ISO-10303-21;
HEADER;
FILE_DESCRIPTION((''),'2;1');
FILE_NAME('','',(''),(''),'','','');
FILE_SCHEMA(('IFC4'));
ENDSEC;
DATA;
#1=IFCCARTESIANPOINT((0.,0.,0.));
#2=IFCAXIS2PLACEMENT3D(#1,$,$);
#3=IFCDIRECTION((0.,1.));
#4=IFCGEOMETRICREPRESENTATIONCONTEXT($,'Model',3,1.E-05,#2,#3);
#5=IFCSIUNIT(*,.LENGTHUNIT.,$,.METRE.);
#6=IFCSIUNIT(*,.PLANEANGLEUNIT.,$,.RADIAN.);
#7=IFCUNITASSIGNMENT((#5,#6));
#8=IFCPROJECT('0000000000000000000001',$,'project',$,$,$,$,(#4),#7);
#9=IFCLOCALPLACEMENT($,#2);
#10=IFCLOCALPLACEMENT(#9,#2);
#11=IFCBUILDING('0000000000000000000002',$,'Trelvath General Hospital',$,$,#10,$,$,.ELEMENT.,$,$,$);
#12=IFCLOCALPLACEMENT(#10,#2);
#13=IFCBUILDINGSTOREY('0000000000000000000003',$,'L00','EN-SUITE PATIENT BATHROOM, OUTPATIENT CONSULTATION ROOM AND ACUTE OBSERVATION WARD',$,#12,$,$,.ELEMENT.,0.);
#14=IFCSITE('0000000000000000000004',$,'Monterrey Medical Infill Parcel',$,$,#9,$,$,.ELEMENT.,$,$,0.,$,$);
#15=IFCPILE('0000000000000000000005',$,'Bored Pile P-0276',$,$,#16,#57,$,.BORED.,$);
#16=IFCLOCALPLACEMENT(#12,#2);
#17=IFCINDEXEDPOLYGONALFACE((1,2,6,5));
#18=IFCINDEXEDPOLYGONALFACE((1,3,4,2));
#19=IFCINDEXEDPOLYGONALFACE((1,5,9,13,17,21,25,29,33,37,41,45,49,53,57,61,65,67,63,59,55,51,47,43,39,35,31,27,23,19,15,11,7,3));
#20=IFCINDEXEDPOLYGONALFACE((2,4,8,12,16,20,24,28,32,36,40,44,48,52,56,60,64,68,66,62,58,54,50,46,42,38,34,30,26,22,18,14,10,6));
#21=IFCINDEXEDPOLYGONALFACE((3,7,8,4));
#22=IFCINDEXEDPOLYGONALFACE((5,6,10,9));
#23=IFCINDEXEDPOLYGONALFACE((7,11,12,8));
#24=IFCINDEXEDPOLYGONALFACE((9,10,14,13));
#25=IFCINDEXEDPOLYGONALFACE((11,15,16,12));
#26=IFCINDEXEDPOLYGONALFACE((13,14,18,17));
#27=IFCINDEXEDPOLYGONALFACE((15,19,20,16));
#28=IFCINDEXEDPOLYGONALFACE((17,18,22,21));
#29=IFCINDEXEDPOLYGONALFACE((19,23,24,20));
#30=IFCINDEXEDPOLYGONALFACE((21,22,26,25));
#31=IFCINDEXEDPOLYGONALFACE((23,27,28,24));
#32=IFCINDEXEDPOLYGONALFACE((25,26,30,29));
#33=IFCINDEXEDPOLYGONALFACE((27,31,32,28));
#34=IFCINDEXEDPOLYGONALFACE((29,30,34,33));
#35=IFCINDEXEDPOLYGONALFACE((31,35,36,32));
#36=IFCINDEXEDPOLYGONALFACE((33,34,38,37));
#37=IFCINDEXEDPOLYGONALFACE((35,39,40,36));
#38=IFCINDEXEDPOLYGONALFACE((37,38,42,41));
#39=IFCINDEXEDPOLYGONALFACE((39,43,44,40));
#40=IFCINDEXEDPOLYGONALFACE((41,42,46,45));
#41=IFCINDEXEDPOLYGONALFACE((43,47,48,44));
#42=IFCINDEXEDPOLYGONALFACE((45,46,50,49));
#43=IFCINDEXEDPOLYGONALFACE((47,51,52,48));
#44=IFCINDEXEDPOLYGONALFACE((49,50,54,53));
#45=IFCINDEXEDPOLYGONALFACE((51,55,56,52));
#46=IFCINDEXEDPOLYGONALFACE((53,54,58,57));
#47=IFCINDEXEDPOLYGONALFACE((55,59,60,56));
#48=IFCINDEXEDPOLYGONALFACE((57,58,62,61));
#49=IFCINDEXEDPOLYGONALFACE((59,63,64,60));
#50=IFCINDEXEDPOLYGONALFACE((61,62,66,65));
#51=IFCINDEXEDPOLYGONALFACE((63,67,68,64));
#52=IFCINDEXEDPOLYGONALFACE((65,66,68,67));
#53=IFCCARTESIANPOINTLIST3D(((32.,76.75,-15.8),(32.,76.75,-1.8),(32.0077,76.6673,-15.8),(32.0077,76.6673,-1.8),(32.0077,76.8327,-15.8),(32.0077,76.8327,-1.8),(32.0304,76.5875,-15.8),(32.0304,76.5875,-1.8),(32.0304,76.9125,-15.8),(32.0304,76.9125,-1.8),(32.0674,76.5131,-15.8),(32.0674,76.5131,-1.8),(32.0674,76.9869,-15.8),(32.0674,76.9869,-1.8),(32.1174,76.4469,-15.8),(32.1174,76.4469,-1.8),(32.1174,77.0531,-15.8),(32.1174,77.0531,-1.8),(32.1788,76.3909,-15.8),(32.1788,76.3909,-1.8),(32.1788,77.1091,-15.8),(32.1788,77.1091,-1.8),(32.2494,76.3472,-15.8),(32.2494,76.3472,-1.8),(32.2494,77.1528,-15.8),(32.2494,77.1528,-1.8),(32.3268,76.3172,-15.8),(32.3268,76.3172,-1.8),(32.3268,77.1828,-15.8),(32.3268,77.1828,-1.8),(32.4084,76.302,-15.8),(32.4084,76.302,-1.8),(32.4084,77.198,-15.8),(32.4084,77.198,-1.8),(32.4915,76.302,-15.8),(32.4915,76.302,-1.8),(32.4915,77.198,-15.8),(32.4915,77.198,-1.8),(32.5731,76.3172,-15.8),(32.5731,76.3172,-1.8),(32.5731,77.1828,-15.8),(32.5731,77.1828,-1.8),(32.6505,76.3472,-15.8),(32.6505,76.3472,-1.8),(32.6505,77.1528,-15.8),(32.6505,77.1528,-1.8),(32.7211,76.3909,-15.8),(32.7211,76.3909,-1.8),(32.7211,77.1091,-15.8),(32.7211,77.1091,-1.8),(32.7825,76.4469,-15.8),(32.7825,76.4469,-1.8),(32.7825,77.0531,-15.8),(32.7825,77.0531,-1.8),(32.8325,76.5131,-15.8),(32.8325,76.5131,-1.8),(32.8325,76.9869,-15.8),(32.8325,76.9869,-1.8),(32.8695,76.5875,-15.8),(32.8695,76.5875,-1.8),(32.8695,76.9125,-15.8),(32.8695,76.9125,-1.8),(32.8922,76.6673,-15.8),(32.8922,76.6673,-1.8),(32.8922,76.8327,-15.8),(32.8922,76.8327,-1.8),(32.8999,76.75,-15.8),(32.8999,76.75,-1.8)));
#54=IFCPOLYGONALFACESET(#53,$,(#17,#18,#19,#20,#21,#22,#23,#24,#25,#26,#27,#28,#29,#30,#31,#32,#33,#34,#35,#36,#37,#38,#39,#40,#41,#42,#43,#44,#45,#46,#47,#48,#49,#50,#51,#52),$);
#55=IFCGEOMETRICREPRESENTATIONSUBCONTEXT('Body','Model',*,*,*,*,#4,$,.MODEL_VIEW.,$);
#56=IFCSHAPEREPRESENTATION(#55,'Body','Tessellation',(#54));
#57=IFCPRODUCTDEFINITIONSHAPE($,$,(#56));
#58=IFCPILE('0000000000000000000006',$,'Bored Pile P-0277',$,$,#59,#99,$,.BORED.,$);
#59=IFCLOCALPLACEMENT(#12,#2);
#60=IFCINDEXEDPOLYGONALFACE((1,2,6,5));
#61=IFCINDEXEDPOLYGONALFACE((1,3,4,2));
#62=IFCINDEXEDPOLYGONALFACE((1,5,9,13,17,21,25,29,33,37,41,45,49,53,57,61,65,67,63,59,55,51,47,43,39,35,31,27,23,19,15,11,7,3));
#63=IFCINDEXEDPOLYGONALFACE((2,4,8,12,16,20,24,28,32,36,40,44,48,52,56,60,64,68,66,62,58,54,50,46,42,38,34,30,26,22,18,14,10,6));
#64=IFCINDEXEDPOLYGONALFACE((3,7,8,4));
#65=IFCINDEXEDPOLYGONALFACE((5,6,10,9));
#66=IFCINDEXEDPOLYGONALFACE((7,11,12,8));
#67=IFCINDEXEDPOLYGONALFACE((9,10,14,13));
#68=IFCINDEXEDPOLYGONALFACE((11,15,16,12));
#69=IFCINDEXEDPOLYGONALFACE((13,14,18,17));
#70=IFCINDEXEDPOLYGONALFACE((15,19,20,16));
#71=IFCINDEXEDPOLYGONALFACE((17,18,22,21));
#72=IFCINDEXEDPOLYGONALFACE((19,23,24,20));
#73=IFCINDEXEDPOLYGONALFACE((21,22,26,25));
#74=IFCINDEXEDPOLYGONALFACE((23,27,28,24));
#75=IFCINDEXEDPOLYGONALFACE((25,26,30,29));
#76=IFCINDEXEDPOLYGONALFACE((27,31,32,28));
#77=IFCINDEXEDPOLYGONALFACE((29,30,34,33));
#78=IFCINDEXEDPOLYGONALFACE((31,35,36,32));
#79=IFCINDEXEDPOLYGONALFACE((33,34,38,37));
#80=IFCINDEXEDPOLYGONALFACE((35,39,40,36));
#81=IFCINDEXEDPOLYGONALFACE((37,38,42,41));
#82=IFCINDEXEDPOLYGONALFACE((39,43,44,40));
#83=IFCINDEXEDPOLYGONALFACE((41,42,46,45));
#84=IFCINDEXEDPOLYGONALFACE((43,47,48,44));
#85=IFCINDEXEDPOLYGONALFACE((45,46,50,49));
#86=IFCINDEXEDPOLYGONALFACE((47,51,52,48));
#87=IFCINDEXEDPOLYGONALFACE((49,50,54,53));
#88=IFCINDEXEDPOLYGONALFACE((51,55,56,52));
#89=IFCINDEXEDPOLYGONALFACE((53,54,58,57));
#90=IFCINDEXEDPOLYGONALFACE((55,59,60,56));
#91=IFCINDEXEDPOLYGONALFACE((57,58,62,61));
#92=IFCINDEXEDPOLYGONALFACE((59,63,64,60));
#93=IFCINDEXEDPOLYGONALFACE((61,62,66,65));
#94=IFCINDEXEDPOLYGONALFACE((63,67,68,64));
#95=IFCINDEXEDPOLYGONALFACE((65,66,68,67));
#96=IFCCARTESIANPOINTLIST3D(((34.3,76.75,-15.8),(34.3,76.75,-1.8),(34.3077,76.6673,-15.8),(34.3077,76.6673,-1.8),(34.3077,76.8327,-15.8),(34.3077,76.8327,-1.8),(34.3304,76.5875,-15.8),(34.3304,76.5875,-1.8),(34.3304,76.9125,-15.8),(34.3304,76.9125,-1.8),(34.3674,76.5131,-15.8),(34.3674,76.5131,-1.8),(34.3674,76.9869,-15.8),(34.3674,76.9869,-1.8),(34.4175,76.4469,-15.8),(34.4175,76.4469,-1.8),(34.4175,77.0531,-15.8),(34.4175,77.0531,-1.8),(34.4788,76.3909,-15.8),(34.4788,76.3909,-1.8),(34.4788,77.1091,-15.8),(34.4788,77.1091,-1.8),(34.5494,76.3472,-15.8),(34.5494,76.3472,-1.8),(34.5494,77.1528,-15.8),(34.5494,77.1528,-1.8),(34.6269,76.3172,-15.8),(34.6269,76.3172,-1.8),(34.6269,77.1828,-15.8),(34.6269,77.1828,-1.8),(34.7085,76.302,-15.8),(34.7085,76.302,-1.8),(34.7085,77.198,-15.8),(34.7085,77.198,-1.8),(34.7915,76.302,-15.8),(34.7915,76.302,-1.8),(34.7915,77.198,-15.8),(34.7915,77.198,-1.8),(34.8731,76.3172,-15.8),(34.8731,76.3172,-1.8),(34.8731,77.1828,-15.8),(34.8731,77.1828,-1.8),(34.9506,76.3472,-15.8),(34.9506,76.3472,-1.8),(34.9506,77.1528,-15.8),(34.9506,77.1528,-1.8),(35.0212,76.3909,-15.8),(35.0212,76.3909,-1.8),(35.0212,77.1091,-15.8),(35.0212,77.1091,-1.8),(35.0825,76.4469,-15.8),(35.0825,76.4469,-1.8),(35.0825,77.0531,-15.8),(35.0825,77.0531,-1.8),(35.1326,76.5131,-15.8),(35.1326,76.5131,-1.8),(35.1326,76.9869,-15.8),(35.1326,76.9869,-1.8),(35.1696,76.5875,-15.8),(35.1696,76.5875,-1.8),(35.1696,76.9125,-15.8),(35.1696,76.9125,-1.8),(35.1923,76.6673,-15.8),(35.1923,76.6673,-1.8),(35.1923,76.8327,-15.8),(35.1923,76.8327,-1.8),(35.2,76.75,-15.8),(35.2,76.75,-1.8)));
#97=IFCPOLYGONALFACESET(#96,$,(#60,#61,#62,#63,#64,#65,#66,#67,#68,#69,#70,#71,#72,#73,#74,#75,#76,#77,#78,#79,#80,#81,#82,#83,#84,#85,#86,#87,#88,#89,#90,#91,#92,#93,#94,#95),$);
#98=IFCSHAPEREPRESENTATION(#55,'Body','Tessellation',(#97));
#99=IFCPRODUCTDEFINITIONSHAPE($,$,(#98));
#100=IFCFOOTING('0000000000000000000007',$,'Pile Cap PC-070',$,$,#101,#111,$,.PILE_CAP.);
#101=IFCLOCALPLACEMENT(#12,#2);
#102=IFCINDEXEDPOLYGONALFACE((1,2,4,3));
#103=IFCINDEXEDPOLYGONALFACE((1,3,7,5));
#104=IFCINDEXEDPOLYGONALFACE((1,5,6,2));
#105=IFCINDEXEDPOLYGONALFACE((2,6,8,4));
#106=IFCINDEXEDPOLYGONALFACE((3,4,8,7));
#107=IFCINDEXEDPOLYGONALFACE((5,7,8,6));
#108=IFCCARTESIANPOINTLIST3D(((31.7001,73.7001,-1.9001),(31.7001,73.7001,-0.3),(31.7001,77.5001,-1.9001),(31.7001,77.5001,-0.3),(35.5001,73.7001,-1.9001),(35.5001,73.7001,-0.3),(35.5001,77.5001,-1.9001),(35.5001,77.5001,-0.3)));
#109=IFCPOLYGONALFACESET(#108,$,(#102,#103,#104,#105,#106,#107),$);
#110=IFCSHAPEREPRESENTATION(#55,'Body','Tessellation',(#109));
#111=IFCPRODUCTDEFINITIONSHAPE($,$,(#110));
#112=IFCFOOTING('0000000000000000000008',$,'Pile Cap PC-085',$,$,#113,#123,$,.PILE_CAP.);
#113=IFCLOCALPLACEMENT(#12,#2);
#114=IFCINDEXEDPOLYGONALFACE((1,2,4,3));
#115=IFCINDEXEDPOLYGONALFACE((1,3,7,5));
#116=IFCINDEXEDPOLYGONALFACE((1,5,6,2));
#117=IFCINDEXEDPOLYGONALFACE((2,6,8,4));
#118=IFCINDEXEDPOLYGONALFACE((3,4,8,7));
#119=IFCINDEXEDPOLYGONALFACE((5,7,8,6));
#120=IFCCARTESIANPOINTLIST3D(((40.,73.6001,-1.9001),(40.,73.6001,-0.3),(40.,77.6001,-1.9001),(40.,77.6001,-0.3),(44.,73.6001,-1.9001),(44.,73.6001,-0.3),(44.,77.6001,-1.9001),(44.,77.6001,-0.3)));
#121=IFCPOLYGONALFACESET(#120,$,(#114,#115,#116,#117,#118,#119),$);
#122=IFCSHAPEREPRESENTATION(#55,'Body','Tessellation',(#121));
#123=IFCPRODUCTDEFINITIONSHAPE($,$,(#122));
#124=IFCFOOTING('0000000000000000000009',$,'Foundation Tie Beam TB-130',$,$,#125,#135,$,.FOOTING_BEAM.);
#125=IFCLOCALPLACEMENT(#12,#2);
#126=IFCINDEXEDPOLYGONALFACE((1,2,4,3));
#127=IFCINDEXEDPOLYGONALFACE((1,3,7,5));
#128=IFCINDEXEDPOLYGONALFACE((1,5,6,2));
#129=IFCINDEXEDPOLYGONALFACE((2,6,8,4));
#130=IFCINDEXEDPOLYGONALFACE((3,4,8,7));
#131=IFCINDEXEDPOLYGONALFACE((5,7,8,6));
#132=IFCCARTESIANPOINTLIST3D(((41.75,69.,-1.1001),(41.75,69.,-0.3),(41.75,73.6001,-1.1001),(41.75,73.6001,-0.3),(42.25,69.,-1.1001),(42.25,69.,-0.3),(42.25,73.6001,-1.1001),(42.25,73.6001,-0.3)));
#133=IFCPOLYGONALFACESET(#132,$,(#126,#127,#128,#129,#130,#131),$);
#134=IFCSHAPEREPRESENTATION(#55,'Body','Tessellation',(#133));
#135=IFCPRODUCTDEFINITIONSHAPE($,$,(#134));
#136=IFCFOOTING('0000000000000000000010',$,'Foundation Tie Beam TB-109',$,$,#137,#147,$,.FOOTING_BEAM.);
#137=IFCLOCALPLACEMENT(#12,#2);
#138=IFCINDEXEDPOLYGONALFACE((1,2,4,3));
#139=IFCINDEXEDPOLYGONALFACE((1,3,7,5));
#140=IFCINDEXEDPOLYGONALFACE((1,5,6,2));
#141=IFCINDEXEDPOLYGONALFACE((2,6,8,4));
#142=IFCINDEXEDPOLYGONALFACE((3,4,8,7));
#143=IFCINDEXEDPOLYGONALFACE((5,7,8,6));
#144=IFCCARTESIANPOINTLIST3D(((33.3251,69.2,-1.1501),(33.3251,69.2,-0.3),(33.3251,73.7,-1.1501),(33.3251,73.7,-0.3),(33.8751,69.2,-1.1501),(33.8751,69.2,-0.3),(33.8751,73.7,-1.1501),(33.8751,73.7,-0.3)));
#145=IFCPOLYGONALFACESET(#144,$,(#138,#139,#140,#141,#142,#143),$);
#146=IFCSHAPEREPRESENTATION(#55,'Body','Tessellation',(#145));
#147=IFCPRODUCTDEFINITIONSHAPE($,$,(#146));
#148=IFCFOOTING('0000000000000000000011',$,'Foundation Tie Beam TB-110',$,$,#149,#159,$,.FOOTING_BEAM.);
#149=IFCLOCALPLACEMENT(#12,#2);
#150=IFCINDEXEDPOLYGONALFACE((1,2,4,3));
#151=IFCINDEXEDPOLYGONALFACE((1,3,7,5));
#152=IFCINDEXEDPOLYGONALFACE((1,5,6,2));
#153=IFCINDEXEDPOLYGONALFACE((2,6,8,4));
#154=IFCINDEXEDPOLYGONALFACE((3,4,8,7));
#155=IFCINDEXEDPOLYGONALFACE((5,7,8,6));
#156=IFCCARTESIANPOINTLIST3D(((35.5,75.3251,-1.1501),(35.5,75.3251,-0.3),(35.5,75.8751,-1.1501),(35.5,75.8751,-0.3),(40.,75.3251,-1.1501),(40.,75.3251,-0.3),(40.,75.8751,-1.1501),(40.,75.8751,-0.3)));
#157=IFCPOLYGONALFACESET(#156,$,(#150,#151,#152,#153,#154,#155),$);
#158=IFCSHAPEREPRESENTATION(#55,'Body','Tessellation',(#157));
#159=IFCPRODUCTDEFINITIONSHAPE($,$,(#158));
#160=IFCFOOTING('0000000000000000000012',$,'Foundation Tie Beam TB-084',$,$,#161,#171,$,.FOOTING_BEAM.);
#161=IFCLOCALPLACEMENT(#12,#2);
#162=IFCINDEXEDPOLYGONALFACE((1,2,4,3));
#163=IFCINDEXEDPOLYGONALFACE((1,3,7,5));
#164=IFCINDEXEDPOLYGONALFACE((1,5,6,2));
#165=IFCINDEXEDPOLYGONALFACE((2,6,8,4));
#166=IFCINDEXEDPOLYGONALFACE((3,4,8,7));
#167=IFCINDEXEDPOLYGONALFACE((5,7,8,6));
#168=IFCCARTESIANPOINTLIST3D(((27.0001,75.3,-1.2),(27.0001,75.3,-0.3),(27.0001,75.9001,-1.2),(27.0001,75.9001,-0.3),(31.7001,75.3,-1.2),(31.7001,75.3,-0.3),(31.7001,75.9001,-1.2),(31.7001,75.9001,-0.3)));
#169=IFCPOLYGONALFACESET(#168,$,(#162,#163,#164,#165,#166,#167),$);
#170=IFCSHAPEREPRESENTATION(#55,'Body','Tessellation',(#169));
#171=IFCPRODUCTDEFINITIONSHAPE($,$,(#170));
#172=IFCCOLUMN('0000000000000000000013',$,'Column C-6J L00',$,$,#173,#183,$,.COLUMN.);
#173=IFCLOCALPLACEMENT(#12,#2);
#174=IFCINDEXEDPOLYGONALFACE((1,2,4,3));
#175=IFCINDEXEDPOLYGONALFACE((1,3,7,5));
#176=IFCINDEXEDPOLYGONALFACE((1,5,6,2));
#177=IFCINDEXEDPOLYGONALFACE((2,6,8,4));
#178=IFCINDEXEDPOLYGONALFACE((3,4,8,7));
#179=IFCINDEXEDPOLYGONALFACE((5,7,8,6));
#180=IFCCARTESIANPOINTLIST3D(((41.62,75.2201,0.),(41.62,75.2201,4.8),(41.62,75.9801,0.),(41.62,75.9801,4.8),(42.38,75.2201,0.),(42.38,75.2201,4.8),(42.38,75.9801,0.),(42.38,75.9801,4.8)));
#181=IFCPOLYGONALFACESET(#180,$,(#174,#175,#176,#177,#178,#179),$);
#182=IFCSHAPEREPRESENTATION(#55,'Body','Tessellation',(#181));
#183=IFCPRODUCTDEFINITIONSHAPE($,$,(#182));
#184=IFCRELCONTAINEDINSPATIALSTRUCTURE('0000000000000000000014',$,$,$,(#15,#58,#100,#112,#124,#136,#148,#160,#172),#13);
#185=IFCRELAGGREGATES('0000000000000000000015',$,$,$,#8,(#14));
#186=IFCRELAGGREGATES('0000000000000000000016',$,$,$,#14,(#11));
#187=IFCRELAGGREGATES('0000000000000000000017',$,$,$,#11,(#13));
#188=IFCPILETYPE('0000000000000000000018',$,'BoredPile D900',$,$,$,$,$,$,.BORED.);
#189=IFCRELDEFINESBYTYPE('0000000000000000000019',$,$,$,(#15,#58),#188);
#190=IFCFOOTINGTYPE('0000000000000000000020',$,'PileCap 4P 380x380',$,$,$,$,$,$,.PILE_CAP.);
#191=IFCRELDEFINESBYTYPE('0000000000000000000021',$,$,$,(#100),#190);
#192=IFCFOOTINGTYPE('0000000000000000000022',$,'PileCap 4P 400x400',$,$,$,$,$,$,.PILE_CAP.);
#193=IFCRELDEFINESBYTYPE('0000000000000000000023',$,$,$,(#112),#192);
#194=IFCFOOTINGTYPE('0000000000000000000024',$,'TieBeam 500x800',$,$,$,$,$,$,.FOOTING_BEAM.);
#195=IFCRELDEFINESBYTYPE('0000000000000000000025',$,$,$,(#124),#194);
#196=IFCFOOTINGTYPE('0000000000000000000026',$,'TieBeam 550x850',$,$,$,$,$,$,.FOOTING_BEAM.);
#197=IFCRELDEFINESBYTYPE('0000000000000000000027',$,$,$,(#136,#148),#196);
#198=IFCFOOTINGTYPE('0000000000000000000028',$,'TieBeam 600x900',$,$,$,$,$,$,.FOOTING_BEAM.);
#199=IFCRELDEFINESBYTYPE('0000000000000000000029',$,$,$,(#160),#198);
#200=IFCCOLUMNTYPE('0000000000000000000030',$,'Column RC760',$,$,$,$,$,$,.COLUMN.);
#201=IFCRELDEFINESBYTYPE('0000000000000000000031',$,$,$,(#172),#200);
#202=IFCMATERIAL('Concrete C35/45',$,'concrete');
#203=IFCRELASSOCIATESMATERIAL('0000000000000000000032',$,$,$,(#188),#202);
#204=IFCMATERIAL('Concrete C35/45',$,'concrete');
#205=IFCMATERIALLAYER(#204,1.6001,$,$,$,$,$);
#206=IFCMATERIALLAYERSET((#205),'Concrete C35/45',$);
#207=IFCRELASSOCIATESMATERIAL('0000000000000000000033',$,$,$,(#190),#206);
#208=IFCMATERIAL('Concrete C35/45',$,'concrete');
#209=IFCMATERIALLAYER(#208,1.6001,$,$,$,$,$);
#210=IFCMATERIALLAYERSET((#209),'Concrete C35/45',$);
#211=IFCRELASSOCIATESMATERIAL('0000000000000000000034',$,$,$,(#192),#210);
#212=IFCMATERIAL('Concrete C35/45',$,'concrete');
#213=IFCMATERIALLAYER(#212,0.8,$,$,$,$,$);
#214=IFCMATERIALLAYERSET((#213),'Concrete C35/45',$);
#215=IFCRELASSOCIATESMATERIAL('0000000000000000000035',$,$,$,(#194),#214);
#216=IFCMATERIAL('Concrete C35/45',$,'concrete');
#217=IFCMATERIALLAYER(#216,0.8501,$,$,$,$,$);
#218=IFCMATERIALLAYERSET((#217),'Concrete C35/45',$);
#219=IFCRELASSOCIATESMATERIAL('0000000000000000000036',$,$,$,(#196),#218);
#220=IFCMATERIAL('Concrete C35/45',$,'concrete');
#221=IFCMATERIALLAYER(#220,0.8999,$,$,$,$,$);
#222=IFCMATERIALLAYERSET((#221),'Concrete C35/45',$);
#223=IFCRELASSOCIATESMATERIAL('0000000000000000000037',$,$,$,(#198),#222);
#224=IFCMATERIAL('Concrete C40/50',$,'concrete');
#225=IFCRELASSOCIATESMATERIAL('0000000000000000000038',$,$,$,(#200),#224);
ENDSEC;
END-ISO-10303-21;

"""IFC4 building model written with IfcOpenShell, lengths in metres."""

from ifc_helpers import new_model, si_unit, direction, frame, origin, origin_2d, place, context, subcontext, project, spatial, rectangle, circle, extrude, material, layer, layer_set, material_profile, profile_set, type_object, element, save


model = new_model("IFC4")

# Units and contexts
model_context = context("Model", 3, precision=1e-05, world=origin(), true_north=direction((0.0, 1.0)))
body_context = subcontext(model_context, "Body", "Model", "MODEL_VIEW")
ifc_project = project(units=[si_unit("LENGTHUNIT", "METRE"), si_unit("PLANEANGLEUNIT", "RADIAN")], contexts=[model_context])

# Site, building, storey
site_placement = place(None, origin())
site = spatial("IfcSite", under=ifc_project, at=site_placement, Name="Monterrey Medical Infill Parcel", CompositionType="ELEMENT", RefElevation=0.0)
building_placement = place(site_placement, origin())
building = spatial("IfcBuilding", under=site, at=building_placement, Name="Trelvath General Hospital", CompositionType="ELEMENT")
storey_placement = place(building_placement, origin())
storey = spatial("IfcBuildingStorey", under=building, at=storey_placement, Name="L00", Description="EN-SUITE PATIENT BATHROOM, OUTPATIENT CONSULTATION ROOM AND ACUTE OBSERVATION WARD", CompositionType="ELEMENT", Elevation=0.0)

# Piles
ifc_material_1 = material(Name="Concrete C35/45", Category="concrete")
ifc_material_profile_1 = material_profile(ifc_material_1, circle(Radius=0.45, at=origin_2d()), Name="PILE900")
ifc_profile_set_1 = profile_set([ifc_material_profile_1], Name="Concrete C35/45")
pile_type_1 = type_object("IfcPileType", Name="BoredPile D900", PredefinedType="BORED", material=ifc_profile_set_1)
for number, where, z_axis, x_axis, name in (
    (1, (32.45, 76.75, -1.8), (0.0, 0.0, -1.0), (1.0, 0.0, 0.0), "Bored Pile P-0276"),
    (2, (34.75, 76.75, -1.8), (0.0, 0.0, -1.0), (1.0, 0.0, 0.0), "Bored Pile P-0277"),
):
    element("IfcPile", number, at=place(storey_placement, frame(where, z_axis=z_axis, x_axis=x_axis)), inside=storey, type_object=pile_type_1, Name=name, PredefinedType="BORED", context=body_context, shape_type="SweptSolid", body=[
        extrude(circle(Radius=0.45, at=origin_2d()), origin(), (0.0, 0.0, 1.0), 14.0),
    ])

# Footings
ifc_material_2 = material(Name="Concrete C35/45", Category="concrete")
ifc_layer_1 = layer(ifc_material_2, 1.6001)
ifc_layer_set_1 = layer_set([ifc_layer_1], Name="Concrete C35/45")
footing_type_1 = type_object("IfcFootingType", Name="PileCap 4P 380x380", PredefinedType="PILE_CAP", material=ifc_layer_set_1)
footing_1_placement = place(storey_placement, frame((33.6001, 75.6001, -1.9001), z_axis=(0.0, 0.0, 1.0), x_axis=(1.0, 0.0, 0.0)))
element("IfcFooting", 3, at=footing_1_placement, inside=storey, type_object=footing_type_1, Name="Pile Cap PC-070", PredefinedType="PILE_CAP", context=body_context, shape_type="SweptSolid", body=[
    extrude(rectangle(XDim=3.8, YDim=3.8, at=origin_2d()), origin(), (0.0, 0.0, 1.0), 1.6001),
])
ifc_material_3 = material(Name="Concrete C35/45", Category="concrete")
ifc_layer_2 = layer(ifc_material_3, 1.6001)
ifc_layer_set_2 = layer_set([ifc_layer_2], Name="Concrete C35/45")
footing_type_2 = type_object("IfcFootingType", Name="PileCap 4P 400x400", PredefinedType="PILE_CAP", material=ifc_layer_set_2)
footing_2_placement = place(storey_placement, frame((42.0, 75.6001, -1.9001), z_axis=(0.0, 0.0, 1.0), x_axis=(1.0, 0.0, 0.0)))
element("IfcFooting", 4, at=footing_2_placement, inside=storey, type_object=footing_type_2, Name="Pile Cap PC-085", PredefinedType="PILE_CAP", context=body_context, shape_type="SweptSolid", body=[
    extrude(rectangle(XDim=4.0, YDim=4.0, at=origin_2d()), origin(), (0.0, 0.0, 1.0), 1.6001),
])
ifc_material_4 = material(Name="Concrete C35/45", Category="concrete")
ifc_layer_3 = layer(ifc_material_4, 0.8)
ifc_layer_set_3 = layer_set([ifc_layer_3], Name="Concrete C35/45")
footing_type_3 = type_object("IfcFootingType", Name="TieBeam 500x800", PredefinedType="FOOTING_BEAM", material=ifc_layer_set_3)
footing_3_placement = place(storey_placement, frame((42.0, 71.3, -1.1001), z_axis=(0.0, 0.0, 1.0), x_axis=(1.0, 0.0, 0.0)))
element("IfcFooting", 5, at=footing_3_placement, inside=storey, type_object=footing_type_3, Name="Foundation Tie Beam TB-130", PredefinedType="FOOTING_BEAM", context=body_context, shape_type="SweptSolid", body=[
    extrude(rectangle(XDim=0.5, YDim=4.6001, at=origin_2d()), origin(), (0.0, 0.0, 1.0), 0.8),
])
ifc_material_5 = material(Name="Concrete C35/45", Category="concrete")
ifc_layer_4 = layer(ifc_material_5, 0.8501)
ifc_layer_set_4 = layer_set([ifc_layer_4], Name="Concrete C35/45")
footing_type_4 = type_object("IfcFootingType", Name="TieBeam 550x850", PredefinedType="FOOTING_BEAM", material=ifc_layer_set_4)
footing_4_placement = place(storey_placement, frame((33.6001, 71.45, -1.1501), z_axis=(0.0, 0.0, 1.0), x_axis=(1.0, 0.0, 0.0)))
element("IfcFooting", 6, at=footing_4_placement, inside=storey, type_object=footing_type_4, Name="Foundation Tie Beam TB-109", PredefinedType="FOOTING_BEAM", context=body_context, shape_type="SweptSolid", body=[
    extrude(rectangle(XDim=0.55, YDim=4.5, at=origin_2d()), origin(), (0.0, 0.0, 1.0), 0.8501),
])
footing_5_placement = place(storey_placement, frame((37.75, 75.6001, -1.1501), z_axis=(0.0, 0.0, 1.0), x_axis=(1.0, 0.0, 0.0)))
element("IfcFooting", 7, at=footing_5_placement, inside=storey, type_object=footing_type_4, Name="Foundation Tie Beam TB-110", PredefinedType="FOOTING_BEAM", context=body_context, shape_type="SweptSolid", body=[
    extrude(rectangle(XDim=4.5, YDim=0.55, at=origin_2d()), origin(), (0.0, 0.0, 1.0), 0.8501),
])
ifc_material_6 = material(Name="Concrete C35/45", Category="concrete")
ifc_layer_5 = layer(ifc_material_6, 0.8999)
ifc_layer_set_5 = layer_set([ifc_layer_5], Name="Concrete C35/45")
footing_type_5 = type_object("IfcFootingType", Name="TieBeam 600x900", PredefinedType="FOOTING_BEAM", material=ifc_layer_set_5)
footing_6_placement = place(storey_placement, frame((29.3501, 75.6001, -1.2), z_axis=(0.0, 0.0, 1.0), x_axis=(1.0, 0.0, 0.0)))
element("IfcFooting", 8, at=footing_6_placement, inside=storey, type_object=footing_type_5, Name="Foundation Tie Beam TB-084", PredefinedType="FOOTING_BEAM", context=body_context, shape_type="SweptSolid", body=[
    extrude(rectangle(XDim=4.7, YDim=0.6001, at=origin_2d()), origin(), (0.0, 0.0, 1.0), 0.8999),
])

# Column
ifc_material_7 = material(Name="Concrete C40/50", Category="concrete")
ifc_material_profile_2 = material_profile(ifc_material_7, rectangle(XDim=0.76, YDim=0.76, at=origin_2d()), Name="RC760x760")
ifc_profile_set_2 = profile_set([ifc_material_profile_2], Name="Concrete C40/50")
column_type_1 = type_object("IfcColumnType", Name="Column RC760", PredefinedType="COLUMN", material=ifc_profile_set_2)
column_1_placement = place(storey_placement, frame((42.0, 75.6001, 0.0), z_axis=(0.0, 0.0, 1.0), x_axis=(1.0, 0.0, 0.0)))
element("IfcColumn", 9, at=column_1_placement, inside=storey, type_object=column_type_1, Name="Column C-6J L00", PredefinedType="COLUMN", context=body_context, shape_type="SweptSolid", body=[
    extrude(rectangle(XDim=0.76, YDim=0.76, at=origin_2d()), origin(), (0.0, 0.0, 1.0), 4.8),
])

save(model, "model.ifc")
